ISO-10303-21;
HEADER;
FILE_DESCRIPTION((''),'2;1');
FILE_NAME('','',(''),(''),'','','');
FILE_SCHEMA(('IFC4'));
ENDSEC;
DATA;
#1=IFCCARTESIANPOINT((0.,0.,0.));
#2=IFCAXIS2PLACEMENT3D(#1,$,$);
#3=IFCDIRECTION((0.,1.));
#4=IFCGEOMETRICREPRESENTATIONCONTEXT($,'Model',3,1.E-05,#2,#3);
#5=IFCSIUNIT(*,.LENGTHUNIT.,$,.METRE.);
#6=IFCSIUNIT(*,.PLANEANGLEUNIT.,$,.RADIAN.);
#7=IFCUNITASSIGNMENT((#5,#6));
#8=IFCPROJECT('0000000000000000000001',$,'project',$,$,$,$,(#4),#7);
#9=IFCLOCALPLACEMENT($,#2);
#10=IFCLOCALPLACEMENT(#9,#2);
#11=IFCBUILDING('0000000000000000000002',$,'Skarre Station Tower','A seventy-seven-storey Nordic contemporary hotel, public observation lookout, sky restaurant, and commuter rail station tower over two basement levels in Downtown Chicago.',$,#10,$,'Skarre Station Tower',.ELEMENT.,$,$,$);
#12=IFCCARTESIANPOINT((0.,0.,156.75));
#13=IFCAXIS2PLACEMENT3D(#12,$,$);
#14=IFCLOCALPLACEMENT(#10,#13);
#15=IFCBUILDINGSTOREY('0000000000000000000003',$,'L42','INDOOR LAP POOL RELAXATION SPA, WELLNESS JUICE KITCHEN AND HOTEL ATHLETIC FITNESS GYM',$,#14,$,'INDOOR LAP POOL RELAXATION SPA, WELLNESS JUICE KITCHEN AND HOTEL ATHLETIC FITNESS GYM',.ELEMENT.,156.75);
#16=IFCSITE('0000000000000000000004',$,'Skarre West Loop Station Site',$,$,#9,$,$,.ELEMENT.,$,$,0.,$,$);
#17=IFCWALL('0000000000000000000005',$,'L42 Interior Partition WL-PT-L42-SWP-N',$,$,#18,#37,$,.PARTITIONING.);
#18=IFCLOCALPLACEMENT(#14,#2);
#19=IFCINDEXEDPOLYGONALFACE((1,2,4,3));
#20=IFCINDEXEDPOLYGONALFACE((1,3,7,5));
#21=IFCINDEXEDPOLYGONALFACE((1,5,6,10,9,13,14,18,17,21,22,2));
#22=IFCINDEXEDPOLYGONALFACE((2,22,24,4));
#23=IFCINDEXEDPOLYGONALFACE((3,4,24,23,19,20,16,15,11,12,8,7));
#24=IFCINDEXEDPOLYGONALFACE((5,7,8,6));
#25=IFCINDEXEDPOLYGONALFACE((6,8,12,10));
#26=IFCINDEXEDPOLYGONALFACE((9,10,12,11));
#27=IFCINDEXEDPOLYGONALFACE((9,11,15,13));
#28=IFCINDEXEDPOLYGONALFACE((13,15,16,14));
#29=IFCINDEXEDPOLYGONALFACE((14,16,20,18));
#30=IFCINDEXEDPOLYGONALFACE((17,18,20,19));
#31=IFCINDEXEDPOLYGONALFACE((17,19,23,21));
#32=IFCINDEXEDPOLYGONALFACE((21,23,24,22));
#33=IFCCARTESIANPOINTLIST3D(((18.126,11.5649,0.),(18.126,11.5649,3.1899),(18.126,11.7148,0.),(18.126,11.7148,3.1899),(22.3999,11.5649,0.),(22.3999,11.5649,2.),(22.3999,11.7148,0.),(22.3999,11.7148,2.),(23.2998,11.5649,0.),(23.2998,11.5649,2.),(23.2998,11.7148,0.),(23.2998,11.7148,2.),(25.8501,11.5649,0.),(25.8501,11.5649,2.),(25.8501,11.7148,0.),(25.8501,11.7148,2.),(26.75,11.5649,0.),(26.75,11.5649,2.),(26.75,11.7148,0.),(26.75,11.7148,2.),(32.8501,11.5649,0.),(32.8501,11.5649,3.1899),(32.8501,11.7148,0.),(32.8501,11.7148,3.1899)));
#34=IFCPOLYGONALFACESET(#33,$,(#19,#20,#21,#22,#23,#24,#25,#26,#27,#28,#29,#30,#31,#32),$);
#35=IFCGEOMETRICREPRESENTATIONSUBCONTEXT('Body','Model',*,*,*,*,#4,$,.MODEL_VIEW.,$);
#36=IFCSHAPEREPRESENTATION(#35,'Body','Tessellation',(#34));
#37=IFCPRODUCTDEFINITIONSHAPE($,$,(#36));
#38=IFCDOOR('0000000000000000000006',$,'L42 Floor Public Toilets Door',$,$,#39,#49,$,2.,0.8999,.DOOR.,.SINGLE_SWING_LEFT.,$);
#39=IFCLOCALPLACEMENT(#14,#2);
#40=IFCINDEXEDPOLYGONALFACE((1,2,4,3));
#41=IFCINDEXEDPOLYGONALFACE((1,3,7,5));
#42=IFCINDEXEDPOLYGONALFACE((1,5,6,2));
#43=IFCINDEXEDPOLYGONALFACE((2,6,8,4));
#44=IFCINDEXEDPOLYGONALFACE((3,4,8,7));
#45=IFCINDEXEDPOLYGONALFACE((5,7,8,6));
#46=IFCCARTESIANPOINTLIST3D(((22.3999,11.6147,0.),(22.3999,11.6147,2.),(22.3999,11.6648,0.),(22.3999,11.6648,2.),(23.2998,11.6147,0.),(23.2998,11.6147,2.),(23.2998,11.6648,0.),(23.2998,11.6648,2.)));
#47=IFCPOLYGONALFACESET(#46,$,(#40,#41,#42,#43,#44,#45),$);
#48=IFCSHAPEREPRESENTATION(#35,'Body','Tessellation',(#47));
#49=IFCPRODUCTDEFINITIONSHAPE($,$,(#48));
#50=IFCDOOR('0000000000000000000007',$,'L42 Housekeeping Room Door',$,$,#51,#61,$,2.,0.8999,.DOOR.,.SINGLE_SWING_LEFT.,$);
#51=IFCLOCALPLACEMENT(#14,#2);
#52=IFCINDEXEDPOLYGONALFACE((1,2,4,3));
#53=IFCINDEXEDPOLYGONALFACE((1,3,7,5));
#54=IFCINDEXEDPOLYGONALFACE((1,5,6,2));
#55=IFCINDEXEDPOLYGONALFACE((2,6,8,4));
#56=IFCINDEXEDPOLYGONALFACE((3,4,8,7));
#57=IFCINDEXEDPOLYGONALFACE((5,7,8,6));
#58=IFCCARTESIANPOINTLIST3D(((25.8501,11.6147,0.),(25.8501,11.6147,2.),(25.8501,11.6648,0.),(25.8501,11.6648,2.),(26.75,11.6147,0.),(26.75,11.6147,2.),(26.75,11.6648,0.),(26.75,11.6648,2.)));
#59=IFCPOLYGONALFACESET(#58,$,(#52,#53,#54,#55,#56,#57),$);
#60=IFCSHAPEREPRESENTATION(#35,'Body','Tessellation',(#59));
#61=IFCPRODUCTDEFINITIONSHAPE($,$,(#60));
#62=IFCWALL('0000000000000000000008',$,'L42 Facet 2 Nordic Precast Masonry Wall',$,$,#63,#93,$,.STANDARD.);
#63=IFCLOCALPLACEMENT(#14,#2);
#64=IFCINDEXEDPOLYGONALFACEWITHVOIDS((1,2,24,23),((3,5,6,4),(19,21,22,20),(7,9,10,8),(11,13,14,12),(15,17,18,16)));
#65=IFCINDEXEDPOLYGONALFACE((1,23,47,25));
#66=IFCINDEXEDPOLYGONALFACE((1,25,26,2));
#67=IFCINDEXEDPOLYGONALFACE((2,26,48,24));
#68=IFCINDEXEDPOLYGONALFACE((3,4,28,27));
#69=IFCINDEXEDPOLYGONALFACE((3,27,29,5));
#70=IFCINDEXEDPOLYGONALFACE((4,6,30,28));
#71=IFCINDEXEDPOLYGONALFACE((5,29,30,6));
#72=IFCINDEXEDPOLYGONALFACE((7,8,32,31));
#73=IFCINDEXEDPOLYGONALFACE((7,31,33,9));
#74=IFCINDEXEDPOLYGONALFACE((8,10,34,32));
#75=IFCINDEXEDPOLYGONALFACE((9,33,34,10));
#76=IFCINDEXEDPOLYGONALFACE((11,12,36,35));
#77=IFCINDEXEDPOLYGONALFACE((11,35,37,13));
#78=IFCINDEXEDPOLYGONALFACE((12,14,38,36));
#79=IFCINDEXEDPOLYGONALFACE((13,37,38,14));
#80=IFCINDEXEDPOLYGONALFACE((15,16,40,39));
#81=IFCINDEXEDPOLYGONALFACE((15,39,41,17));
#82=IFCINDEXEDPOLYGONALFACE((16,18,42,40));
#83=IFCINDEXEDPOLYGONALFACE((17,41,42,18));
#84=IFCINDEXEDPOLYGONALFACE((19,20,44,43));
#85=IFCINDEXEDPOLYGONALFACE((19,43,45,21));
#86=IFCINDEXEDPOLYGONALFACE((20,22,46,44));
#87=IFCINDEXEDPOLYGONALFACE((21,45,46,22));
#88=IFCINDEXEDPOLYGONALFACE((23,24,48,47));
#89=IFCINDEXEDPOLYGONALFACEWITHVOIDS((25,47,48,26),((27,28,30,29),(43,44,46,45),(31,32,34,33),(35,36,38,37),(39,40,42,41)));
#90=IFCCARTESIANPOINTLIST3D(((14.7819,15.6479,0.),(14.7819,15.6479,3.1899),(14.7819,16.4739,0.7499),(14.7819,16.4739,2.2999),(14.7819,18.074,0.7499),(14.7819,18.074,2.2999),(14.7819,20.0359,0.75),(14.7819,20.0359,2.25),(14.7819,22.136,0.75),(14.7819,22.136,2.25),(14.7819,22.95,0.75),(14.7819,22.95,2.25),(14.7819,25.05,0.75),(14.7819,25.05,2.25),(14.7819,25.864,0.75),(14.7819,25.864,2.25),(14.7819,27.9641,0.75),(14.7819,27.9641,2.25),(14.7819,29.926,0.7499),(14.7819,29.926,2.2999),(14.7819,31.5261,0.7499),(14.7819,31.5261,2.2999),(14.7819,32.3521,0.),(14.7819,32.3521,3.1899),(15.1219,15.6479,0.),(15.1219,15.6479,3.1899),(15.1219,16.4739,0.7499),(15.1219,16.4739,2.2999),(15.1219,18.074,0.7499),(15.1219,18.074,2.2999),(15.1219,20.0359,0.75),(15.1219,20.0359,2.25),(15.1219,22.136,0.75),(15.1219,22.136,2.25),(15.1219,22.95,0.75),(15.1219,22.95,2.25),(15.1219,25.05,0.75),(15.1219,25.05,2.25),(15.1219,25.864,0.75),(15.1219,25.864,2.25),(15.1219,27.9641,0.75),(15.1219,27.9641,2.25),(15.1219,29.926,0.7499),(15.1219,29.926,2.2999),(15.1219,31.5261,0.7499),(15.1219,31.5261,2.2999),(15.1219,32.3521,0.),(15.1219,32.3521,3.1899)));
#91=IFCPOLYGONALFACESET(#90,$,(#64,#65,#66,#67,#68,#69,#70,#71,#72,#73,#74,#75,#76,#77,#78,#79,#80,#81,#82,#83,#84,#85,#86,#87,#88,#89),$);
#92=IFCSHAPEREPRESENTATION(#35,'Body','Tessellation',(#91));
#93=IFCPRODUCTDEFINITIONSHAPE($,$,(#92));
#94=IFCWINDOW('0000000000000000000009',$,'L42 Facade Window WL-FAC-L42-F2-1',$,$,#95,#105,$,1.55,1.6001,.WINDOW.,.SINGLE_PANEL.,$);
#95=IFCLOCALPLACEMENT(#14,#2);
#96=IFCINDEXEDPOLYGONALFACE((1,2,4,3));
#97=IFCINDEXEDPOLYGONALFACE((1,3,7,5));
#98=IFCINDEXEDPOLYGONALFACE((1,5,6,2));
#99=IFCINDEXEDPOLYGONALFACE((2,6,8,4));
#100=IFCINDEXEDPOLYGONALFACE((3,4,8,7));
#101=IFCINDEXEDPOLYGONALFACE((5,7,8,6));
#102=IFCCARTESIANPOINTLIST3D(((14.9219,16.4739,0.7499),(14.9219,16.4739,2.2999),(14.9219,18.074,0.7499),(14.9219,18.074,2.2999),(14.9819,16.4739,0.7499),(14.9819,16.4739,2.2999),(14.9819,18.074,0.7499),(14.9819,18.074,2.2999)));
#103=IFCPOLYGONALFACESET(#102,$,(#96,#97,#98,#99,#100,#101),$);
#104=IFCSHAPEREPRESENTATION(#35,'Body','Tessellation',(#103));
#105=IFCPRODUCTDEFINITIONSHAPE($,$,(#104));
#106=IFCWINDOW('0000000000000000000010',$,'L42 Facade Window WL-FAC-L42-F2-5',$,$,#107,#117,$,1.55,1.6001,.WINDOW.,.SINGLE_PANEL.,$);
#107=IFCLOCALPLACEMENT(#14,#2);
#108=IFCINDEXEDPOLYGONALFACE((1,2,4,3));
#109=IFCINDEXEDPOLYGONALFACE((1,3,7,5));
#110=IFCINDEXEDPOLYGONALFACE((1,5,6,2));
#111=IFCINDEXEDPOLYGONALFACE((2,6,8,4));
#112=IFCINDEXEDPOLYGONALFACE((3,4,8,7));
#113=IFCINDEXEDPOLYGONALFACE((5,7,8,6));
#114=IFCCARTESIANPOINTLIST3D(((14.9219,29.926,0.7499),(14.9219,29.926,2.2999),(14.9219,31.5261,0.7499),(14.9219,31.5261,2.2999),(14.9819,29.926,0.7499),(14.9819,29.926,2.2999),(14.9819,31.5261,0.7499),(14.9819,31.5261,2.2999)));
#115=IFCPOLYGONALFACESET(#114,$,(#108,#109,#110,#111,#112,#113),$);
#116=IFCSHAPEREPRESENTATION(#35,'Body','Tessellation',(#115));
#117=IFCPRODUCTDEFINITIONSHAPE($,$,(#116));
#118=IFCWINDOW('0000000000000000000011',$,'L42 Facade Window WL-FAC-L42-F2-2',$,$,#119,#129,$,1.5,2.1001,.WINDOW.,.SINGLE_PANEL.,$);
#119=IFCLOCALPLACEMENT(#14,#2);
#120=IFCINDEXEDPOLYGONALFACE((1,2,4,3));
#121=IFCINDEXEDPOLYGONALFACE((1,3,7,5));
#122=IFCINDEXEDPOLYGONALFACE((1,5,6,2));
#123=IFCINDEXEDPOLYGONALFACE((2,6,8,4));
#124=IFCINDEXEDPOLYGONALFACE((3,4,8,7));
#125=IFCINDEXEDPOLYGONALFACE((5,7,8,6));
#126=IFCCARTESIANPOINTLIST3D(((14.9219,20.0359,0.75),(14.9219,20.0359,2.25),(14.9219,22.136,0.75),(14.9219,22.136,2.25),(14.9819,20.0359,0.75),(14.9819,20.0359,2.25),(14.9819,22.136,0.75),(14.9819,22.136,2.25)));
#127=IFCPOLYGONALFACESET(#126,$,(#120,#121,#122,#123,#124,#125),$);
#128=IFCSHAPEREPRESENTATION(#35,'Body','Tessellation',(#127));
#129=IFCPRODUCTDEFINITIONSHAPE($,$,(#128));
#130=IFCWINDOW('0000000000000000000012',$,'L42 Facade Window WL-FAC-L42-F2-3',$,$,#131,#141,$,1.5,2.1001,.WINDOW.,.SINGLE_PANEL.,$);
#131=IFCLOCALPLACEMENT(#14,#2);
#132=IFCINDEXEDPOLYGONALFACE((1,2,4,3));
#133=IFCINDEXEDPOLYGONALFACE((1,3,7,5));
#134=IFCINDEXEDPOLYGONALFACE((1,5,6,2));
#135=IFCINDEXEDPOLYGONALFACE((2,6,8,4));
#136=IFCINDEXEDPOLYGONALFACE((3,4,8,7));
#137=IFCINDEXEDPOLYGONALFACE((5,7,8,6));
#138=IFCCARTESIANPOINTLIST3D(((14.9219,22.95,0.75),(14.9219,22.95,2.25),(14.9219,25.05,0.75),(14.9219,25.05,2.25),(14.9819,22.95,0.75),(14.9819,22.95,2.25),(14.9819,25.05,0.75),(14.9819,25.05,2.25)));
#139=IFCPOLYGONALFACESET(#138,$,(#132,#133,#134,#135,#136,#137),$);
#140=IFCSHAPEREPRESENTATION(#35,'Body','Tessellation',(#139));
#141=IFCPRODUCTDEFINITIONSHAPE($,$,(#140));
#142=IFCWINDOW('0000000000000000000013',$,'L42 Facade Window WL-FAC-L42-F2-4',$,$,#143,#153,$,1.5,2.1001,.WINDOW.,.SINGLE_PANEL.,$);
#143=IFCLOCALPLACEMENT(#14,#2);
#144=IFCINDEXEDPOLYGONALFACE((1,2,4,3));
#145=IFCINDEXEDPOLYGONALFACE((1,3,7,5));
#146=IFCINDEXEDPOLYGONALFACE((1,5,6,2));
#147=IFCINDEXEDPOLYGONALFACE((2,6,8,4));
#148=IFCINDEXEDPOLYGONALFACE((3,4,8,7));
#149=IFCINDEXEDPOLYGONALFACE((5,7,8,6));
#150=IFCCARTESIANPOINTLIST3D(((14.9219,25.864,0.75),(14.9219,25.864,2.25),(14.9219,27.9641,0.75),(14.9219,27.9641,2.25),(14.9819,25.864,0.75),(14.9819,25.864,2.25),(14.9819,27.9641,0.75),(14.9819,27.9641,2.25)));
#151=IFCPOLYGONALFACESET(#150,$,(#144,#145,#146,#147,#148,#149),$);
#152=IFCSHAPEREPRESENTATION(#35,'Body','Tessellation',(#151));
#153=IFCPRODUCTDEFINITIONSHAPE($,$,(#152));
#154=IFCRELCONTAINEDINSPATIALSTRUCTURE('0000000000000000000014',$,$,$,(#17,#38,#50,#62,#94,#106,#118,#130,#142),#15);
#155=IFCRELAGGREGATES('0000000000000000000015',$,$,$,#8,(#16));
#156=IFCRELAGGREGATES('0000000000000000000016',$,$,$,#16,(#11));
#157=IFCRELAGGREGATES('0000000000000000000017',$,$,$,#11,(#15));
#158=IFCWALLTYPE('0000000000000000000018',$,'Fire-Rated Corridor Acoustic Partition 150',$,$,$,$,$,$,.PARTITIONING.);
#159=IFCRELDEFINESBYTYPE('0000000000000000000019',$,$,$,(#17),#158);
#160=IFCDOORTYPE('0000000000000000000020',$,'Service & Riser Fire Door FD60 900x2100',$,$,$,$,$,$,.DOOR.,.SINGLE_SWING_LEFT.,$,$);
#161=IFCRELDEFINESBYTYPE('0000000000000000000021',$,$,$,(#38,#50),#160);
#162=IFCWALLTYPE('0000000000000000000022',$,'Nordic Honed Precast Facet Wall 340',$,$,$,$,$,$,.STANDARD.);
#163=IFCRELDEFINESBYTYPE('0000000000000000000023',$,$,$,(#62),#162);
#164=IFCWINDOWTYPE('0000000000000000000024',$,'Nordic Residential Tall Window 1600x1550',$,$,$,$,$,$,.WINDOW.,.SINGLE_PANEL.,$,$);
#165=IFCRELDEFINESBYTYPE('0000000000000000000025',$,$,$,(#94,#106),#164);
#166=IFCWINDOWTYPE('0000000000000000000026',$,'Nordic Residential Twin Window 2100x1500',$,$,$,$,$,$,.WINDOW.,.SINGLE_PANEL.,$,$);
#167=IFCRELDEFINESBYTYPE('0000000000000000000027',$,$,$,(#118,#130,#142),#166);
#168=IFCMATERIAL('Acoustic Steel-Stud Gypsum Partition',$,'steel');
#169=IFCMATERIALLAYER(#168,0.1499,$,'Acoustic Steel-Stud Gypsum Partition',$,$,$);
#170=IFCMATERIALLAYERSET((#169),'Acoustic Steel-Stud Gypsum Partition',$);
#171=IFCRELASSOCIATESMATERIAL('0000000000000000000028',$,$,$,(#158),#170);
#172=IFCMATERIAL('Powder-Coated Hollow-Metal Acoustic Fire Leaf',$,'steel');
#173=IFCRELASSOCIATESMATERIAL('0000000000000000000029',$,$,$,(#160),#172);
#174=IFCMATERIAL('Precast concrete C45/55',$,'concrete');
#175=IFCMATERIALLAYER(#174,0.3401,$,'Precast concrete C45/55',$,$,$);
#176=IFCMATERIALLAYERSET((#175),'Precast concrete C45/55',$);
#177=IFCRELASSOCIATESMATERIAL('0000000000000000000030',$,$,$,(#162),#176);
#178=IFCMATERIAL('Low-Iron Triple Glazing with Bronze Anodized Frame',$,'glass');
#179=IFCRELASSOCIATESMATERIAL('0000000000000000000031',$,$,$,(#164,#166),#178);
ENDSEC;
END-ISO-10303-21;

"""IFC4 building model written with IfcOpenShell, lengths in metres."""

from ifc_helpers import new_model, si_unit, direction, frame, frame_2d, origin, place, context, subcontext, project, spatial, rectangle, extrude, material, layer, layer_set, type_object, element, fill, save


model = new_model("IFC4")

# Units and contexts
model_context = context("Model", 3, precision=1e-05, world=origin(), true_north=direction((0.0, 1.0)))
body_context = subcontext(model_context, "Body", "Model", "MODEL_VIEW")
ifc_project = project(units=[si_unit("LENGTHUNIT", "METRE"), si_unit("PLANEANGLEUNIT", "RADIAN")], contexts=[model_context])

# Site, building, storey
site_placement = place(None, origin())
site = spatial("IfcSite", under=ifc_project, at=site_placement, Name="Skarre West Loop Station Site", CompositionType="ELEMENT", RefElevation=0.0)
building_placement = place(site_placement, origin())
building = spatial("IfcBuilding", under=site, at=building_placement, Name="Skarre Station Tower", Description="A seventy-seven-storey Nordic contemporary hotel, public observation lookout, sky restaurant, and commuter rail station tower over two basement levels in Downtown Chicago.", LongName="Skarre Station Tower", CompositionType="ELEMENT")
storey_placement = place(building_placement, frame((0.0, 0.0, 156.75)))
storey = spatial("IfcBuildingStorey", under=building, at=storey_placement, Name="L42", Description="INDOOR LAP POOL RELAXATION SPA, WELLNESS JUICE KITCHEN AND HOTEL ATHLETIC FITNESS GYM", LongName="INDOOR LAP POOL RELAXATION SPA, WELLNESS JUICE KITCHEN AND HOTEL ATHLETIC FITNESS GYM", CompositionType="ELEMENT", Elevation=156.75)

# Shared definitions
ifc_material_1 = material(Name="Acoustic Steel-Stud Gypsum Partition", Category="steel")
ifc_layer_1 = layer(ifc_material_1, 0.1499, Name="Acoustic Steel-Stud Gypsum Partition")
ifc_layer_set_1 = layer_set([ifc_layer_1], Name="Acoustic Steel-Stud Gypsum Partition")
wall_type_1 = type_object("IfcWallType", Name="Fire-Rated Corridor Acoustic Partition 150", PredefinedType="PARTITIONING", material=ifc_layer_set_1)

# Wall, openings, doors
wall_1_placement = place(storey_placement, frame((18.126, 11.6399, 0.0), z_axis=(0.0, 0.0, 1.0), x_axis=(1.0, 0.0, 0.0)))
wall_1 = element("IfcWall", 1, at=wall_1_placement, inside=storey, type_object=wall_type_1, Name="L42 Interior Partition WL-PT-L42-SWP-N", PredefinedType="PARTITIONING", context=body_context, shape_type="SweptSolid", body=[
    extrude(rectangle(XDim=14.7241, YDim=0.1499, at=frame_2d((7.3621, 0.0))), origin(), (0.0, 0.0, 1.0), 3.1899),
])
opening_1_placement = place(wall_1_placement, frame((4.2739, 0.0, 0.0)))
opening_1 = element("IfcOpeningElement", 2, at=opening_1_placement, cuts=wall_1, PredefinedType="OPENING", context=body_context, shape_type="SweptSolid", body=[
    extrude(rectangle(XDim=0.8999, YDim=2.0, at=frame_2d((0.45, 1.0))), frame((0.0, 0.085, 0.0), z_axis=(0.0, -1.0, 0.0), x_axis=(1.0, 0.0, 0.0)), (0.0, 0.0, 1.0), 0.1699),
])
opening_2_placement = place(wall_1_placement, frame((7.7241, 0.0, 0.0)))
opening_2 = element("IfcOpeningElement", 3, at=opening_2_placement, cuts=wall_1, PredefinedType="OPENING", context=body_context, shape_type="SweptSolid", body=[
    extrude(rectangle(XDim=0.8999, YDim=2.0, at=frame_2d((0.45, 1.0))), frame((0.0, 0.085, 0.0), z_axis=(0.0, -1.0, 0.0), x_axis=(1.0, 0.0, 0.0)), (0.0, 0.0, 1.0), 0.1699),
])
ifc_material_2 = material(Name="Powder-Coated Hollow-Metal Acoustic Fire Leaf", Category="steel")
door_type = type_object("IfcDoorType", Name="Service & Riser Fire Door FD60 900x2100", OperationType="SINGLE_SWING_LEFT", PredefinedType="DOOR", material=ifc_material_2)
door_1_placement = place(opening_1_placement, origin())
door_1 = element("IfcDoor", 4, at=door_1_placement, inside=storey, type_object=door_type, Name="L42 Floor Public Toilets Door", OperationType="SINGLE_SWING_LEFT", OverallHeight=2.0, OverallWidth=0.8999, PredefinedType="DOOR", context=body_context, shape_type="SweptSolid", body=[
    extrude(rectangle(XDim=0.8999, YDim=2.0, at=frame_2d((0.45, 1.0))), frame((0.0, 0.0249, 0.0), z_axis=(0.0, -1.0, 0.0), x_axis=(1.0, 0.0, 0.0)), (0.0, 0.0, 1.0), 0.05),
])
fill(opening_1, door_1)
door_2_placement = place(opening_2_placement, origin())
door_2 = element("IfcDoor", 5, at=door_2_placement, inside=storey, type_object=door_type, Name="L42 Housekeeping Room Door", OperationType="SINGLE_SWING_LEFT", OverallHeight=2.0, OverallWidth=0.8999, PredefinedType="DOOR", context=body_context, shape_type="SweptSolid", body=[
    extrude(rectangle(XDim=0.8999, YDim=2.0, at=frame_2d((0.45, 1.0))), frame((0.0, 0.0249, 0.0), z_axis=(0.0, -1.0, 0.0), x_axis=(1.0, 0.0, 0.0)), (0.0, 0.0, 1.0), 0.05),
])
fill(opening_2, door_2)

# Wall, openings, windows
ifc_material_3 = material(Name="Precast concrete C45/55", Category="concrete")
ifc_layer_2 = layer(ifc_material_3, 0.3401, Name="Precast concrete C45/55")
ifc_layer_set_2 = layer_set([ifc_layer_2], Name="Precast concrete C45/55")
wall_type_2 = type_object("IfcWallType", Name="Nordic Honed Precast Facet Wall 340", PredefinedType="STANDARD", material=ifc_layer_set_2)
wall_2_placement = place(storey_placement, frame((14.9519, 15.6479, 0.0), z_axis=(0.0, 0.0, 1.0), x_axis=(0.0, 1.0, 0.0)))
wall_2 = element("IfcWall", 6, at=wall_2_placement, inside=storey, type_object=wall_type_2, Name="L42 Facet 2 Nordic Precast Masonry Wall", PredefinedType="STANDARD", context=body_context, shape_type="SweptSolid", body=[
    extrude(rectangle(XDim=16.7041, YDim=0.3401, at=frame_2d((8.3521, 0.0))), origin(), (0.0, 0.0, 1.0), 3.1899),
])
opening_3_placement = place(wall_2_placement, frame((0.8259, 0.0, 0.75)))
opening_3 = element("IfcOpeningElement", 7, at=opening_3_placement, cuts=wall_2, PredefinedType="OPENING", context=body_context, shape_type="SweptSolid", body=[
    extrude(rectangle(XDim=1.6001, YDim=1.55, at=frame_2d((0.8, 0.7749))), frame((0.0, 0.1799, 0.0), z_axis=(0.0, -1.0, 0.0), x_axis=(1.0, 0.0, 0.0)), (0.0, 0.0, 1.0), 0.3601),
])
opening_4_placement = place(wall_2_placement, frame((4.3879, 0.0, 0.75)))
opening_4 = element("IfcOpeningElement", 8, at=opening_4_placement, cuts=wall_2, PredefinedType="OPENING", context=body_context, shape_type="SweptSolid", body=[
    extrude(rectangle(XDim=2.1001, YDim=1.5, at=frame_2d((1.05, 0.75))), frame((0.0, 0.1799, 0.0), z_axis=(0.0, -1.0, 0.0), x_axis=(1.0, 0.0, 0.0)), (0.0, 0.0, 1.0), 0.3601),
])
opening_5_placement = place(wall_2_placement, frame((7.302, 0.0, 0.75)))
opening_5 = element("IfcOpeningElement", 9, at=opening_5_placement, cuts=wall_2, PredefinedType="OPENING", context=body_context, shape_type="SweptSolid", body=[
    extrude(rectangle(XDim=2.1001, YDim=1.5, at=frame_2d((1.05, 0.75))), frame((0.0, 0.1799, 0.0), z_axis=(0.0, -1.0, 0.0), x_axis=(1.0, 0.0, 0.0)), (0.0, 0.0, 1.0), 0.3601),
])
opening_6_placement = place(wall_2_placement, frame((10.2161, 0.0, 0.75)))
opening_6 = element("IfcOpeningElement", 10, at=opening_6_placement, cuts=wall_2, PredefinedType="OPENING", context=body_context, shape_type="SweptSolid", body=[
    extrude(rectangle(XDim=2.1001, YDim=1.5, at=frame_2d((1.05, 0.75))), frame((0.0, 0.1799, 0.0), z_axis=(0.0, -1.0, 0.0), x_axis=(1.0, 0.0, 0.0)), (0.0, 0.0, 1.0), 0.3601),
])
opening_7_placement = place(wall_2_placement, frame((14.2781, 0.0, 0.75)))
opening_7 = element("IfcOpeningElement", 11, at=opening_7_placement, cuts=wall_2, PredefinedType="OPENING", context=body_context, shape_type="SweptSolid", body=[
    extrude(rectangle(XDim=1.6001, YDim=1.55, at=frame_2d((0.8, 0.7749))), frame((0.0, 0.1799, 0.0), z_axis=(0.0, -1.0, 0.0), x_axis=(1.0, 0.0, 0.0)), (0.0, 0.0, 1.0), 0.3601),
])
ifc_material_4 = material(Name="Low-Iron Triple Glazing with Bronze Anodized Frame", Category="glass")
window_type_1 = type_object("IfcWindowType", Name="Nordic Residential Tall Window 1600x1550", PartitioningType="SINGLE_PANEL", PredefinedType="WINDOW", material=ifc_material_4)
window_1_placement = place(opening_3_placement, origin())
window_1 = element("IfcWindow", 12, at=window_1_placement, inside=storey, type_object=window_type_1, Name="L42 Facade Window WL-FAC-L42-F2-1", OverallHeight=1.55, OverallWidth=1.6001, PartitioningType="SINGLE_PANEL", PredefinedType="WINDOW", context=body_context, shape_type="SweptSolid", body=[
    extrude(rectangle(XDim=1.6001, YDim=1.55, at=frame_2d((0.8, 0.7749))), frame((0.0, 0.03, 0.0), z_axis=(0.0, -1.0, 0.0), x_axis=(1.0, 0.0, 0.0)), (0.0, 0.0, 1.0), 0.0601),
])
fill(opening_3, window_1)
window_2_placement = place(opening_7_placement, origin())
window_2 = element("IfcWindow", 13, at=window_2_placement, inside=storey, type_object=window_type_1, Name="L42 Facade Window WL-FAC-L42-F2-5", OverallHeight=1.55, OverallWidth=1.6001, PartitioningType="SINGLE_PANEL", PredefinedType="WINDOW", context=body_context, shape_type="SweptSolid", body=[
    extrude(rectangle(XDim=1.6001, YDim=1.55, at=frame_2d((0.8, 0.7749))), frame((0.0, 0.03, 0.0), z_axis=(0.0, -1.0, 0.0), x_axis=(1.0, 0.0, 0.0)), (0.0, 0.0, 1.0), 0.0601),
])
fill(opening_7, window_2)
window_type_2 = type_object("IfcWindowType", Name="Nordic Residential Twin Window 2100x1500", PartitioningType="SINGLE_PANEL", PredefinedType="WINDOW", material=ifc_material_4)
window_3_placement = place(opening_4_placement, origin())
window_3 = element("IfcWindow", 14, at=window_3_placement, inside=storey, type_object=window_type_2, Name="L42 Facade Window WL-FAC-L42-F2-2", OverallHeight=1.5, OverallWidth=2.1001, PartitioningType="SINGLE_PANEL", PredefinedType="WINDOW", context=body_context, shape_type="SweptSolid", body=[
    extrude(rectangle(XDim=2.1001, YDim=1.5, at=frame_2d((1.05, 0.75))), frame((0.0, 0.03, 0.0), z_axis=(0.0, -1.0, 0.0), x_axis=(1.0, 0.0, 0.0)), (0.0, 0.0, 1.0), 0.0601),
])
fill(opening_4, window_3)
window_4_placement = place(opening_5_placement, origin())
window_4 = element("IfcWindow", 15, at=window_4_placement, inside=storey, type_object=window_type_2, Name="L42 Facade Window WL-FAC-L42-F2-3", OverallHeight=1.5, OverallWidth=2.1001, PartitioningType="SINGLE_PANEL", PredefinedType="WINDOW", context=body_context, shape_type="SweptSolid", body=[
    extrude(rectangle(XDim=2.1001, YDim=1.5, at=frame_2d((1.05, 0.75))), frame((0.0, 0.03, 0.0), z_axis=(0.0, -1.0, 0.0), x_axis=(1.0, 0.0, 0.0)), (0.0, 0.0, 1.0), 0.0601),
])
fill(opening_5, window_4)
window_5_placement = place(opening_6_placement, origin())
window_5 = element("IfcWindow", 16, at=window_5_placement, inside=storey, type_object=window_type_2, Name="L42 Facade Window WL-FAC-L42-F2-4", OverallHeight=1.5, OverallWidth=2.1001, PartitioningType="SINGLE_PANEL", PredefinedType="WINDOW", context=body_context, shape_type="SweptSolid", body=[
    extrude(rectangle(XDim=2.1001, YDim=1.5, at=frame_2d((1.05, 0.75))), frame((0.0, 0.03, 0.0), z_axis=(0.0, -1.0, 0.0), x_axis=(1.0, 0.0, 0.0)), (0.0, 0.0, 1.0), 0.0601),
])
fill(opening_6, window_5)

save(model, "model.ifc")
